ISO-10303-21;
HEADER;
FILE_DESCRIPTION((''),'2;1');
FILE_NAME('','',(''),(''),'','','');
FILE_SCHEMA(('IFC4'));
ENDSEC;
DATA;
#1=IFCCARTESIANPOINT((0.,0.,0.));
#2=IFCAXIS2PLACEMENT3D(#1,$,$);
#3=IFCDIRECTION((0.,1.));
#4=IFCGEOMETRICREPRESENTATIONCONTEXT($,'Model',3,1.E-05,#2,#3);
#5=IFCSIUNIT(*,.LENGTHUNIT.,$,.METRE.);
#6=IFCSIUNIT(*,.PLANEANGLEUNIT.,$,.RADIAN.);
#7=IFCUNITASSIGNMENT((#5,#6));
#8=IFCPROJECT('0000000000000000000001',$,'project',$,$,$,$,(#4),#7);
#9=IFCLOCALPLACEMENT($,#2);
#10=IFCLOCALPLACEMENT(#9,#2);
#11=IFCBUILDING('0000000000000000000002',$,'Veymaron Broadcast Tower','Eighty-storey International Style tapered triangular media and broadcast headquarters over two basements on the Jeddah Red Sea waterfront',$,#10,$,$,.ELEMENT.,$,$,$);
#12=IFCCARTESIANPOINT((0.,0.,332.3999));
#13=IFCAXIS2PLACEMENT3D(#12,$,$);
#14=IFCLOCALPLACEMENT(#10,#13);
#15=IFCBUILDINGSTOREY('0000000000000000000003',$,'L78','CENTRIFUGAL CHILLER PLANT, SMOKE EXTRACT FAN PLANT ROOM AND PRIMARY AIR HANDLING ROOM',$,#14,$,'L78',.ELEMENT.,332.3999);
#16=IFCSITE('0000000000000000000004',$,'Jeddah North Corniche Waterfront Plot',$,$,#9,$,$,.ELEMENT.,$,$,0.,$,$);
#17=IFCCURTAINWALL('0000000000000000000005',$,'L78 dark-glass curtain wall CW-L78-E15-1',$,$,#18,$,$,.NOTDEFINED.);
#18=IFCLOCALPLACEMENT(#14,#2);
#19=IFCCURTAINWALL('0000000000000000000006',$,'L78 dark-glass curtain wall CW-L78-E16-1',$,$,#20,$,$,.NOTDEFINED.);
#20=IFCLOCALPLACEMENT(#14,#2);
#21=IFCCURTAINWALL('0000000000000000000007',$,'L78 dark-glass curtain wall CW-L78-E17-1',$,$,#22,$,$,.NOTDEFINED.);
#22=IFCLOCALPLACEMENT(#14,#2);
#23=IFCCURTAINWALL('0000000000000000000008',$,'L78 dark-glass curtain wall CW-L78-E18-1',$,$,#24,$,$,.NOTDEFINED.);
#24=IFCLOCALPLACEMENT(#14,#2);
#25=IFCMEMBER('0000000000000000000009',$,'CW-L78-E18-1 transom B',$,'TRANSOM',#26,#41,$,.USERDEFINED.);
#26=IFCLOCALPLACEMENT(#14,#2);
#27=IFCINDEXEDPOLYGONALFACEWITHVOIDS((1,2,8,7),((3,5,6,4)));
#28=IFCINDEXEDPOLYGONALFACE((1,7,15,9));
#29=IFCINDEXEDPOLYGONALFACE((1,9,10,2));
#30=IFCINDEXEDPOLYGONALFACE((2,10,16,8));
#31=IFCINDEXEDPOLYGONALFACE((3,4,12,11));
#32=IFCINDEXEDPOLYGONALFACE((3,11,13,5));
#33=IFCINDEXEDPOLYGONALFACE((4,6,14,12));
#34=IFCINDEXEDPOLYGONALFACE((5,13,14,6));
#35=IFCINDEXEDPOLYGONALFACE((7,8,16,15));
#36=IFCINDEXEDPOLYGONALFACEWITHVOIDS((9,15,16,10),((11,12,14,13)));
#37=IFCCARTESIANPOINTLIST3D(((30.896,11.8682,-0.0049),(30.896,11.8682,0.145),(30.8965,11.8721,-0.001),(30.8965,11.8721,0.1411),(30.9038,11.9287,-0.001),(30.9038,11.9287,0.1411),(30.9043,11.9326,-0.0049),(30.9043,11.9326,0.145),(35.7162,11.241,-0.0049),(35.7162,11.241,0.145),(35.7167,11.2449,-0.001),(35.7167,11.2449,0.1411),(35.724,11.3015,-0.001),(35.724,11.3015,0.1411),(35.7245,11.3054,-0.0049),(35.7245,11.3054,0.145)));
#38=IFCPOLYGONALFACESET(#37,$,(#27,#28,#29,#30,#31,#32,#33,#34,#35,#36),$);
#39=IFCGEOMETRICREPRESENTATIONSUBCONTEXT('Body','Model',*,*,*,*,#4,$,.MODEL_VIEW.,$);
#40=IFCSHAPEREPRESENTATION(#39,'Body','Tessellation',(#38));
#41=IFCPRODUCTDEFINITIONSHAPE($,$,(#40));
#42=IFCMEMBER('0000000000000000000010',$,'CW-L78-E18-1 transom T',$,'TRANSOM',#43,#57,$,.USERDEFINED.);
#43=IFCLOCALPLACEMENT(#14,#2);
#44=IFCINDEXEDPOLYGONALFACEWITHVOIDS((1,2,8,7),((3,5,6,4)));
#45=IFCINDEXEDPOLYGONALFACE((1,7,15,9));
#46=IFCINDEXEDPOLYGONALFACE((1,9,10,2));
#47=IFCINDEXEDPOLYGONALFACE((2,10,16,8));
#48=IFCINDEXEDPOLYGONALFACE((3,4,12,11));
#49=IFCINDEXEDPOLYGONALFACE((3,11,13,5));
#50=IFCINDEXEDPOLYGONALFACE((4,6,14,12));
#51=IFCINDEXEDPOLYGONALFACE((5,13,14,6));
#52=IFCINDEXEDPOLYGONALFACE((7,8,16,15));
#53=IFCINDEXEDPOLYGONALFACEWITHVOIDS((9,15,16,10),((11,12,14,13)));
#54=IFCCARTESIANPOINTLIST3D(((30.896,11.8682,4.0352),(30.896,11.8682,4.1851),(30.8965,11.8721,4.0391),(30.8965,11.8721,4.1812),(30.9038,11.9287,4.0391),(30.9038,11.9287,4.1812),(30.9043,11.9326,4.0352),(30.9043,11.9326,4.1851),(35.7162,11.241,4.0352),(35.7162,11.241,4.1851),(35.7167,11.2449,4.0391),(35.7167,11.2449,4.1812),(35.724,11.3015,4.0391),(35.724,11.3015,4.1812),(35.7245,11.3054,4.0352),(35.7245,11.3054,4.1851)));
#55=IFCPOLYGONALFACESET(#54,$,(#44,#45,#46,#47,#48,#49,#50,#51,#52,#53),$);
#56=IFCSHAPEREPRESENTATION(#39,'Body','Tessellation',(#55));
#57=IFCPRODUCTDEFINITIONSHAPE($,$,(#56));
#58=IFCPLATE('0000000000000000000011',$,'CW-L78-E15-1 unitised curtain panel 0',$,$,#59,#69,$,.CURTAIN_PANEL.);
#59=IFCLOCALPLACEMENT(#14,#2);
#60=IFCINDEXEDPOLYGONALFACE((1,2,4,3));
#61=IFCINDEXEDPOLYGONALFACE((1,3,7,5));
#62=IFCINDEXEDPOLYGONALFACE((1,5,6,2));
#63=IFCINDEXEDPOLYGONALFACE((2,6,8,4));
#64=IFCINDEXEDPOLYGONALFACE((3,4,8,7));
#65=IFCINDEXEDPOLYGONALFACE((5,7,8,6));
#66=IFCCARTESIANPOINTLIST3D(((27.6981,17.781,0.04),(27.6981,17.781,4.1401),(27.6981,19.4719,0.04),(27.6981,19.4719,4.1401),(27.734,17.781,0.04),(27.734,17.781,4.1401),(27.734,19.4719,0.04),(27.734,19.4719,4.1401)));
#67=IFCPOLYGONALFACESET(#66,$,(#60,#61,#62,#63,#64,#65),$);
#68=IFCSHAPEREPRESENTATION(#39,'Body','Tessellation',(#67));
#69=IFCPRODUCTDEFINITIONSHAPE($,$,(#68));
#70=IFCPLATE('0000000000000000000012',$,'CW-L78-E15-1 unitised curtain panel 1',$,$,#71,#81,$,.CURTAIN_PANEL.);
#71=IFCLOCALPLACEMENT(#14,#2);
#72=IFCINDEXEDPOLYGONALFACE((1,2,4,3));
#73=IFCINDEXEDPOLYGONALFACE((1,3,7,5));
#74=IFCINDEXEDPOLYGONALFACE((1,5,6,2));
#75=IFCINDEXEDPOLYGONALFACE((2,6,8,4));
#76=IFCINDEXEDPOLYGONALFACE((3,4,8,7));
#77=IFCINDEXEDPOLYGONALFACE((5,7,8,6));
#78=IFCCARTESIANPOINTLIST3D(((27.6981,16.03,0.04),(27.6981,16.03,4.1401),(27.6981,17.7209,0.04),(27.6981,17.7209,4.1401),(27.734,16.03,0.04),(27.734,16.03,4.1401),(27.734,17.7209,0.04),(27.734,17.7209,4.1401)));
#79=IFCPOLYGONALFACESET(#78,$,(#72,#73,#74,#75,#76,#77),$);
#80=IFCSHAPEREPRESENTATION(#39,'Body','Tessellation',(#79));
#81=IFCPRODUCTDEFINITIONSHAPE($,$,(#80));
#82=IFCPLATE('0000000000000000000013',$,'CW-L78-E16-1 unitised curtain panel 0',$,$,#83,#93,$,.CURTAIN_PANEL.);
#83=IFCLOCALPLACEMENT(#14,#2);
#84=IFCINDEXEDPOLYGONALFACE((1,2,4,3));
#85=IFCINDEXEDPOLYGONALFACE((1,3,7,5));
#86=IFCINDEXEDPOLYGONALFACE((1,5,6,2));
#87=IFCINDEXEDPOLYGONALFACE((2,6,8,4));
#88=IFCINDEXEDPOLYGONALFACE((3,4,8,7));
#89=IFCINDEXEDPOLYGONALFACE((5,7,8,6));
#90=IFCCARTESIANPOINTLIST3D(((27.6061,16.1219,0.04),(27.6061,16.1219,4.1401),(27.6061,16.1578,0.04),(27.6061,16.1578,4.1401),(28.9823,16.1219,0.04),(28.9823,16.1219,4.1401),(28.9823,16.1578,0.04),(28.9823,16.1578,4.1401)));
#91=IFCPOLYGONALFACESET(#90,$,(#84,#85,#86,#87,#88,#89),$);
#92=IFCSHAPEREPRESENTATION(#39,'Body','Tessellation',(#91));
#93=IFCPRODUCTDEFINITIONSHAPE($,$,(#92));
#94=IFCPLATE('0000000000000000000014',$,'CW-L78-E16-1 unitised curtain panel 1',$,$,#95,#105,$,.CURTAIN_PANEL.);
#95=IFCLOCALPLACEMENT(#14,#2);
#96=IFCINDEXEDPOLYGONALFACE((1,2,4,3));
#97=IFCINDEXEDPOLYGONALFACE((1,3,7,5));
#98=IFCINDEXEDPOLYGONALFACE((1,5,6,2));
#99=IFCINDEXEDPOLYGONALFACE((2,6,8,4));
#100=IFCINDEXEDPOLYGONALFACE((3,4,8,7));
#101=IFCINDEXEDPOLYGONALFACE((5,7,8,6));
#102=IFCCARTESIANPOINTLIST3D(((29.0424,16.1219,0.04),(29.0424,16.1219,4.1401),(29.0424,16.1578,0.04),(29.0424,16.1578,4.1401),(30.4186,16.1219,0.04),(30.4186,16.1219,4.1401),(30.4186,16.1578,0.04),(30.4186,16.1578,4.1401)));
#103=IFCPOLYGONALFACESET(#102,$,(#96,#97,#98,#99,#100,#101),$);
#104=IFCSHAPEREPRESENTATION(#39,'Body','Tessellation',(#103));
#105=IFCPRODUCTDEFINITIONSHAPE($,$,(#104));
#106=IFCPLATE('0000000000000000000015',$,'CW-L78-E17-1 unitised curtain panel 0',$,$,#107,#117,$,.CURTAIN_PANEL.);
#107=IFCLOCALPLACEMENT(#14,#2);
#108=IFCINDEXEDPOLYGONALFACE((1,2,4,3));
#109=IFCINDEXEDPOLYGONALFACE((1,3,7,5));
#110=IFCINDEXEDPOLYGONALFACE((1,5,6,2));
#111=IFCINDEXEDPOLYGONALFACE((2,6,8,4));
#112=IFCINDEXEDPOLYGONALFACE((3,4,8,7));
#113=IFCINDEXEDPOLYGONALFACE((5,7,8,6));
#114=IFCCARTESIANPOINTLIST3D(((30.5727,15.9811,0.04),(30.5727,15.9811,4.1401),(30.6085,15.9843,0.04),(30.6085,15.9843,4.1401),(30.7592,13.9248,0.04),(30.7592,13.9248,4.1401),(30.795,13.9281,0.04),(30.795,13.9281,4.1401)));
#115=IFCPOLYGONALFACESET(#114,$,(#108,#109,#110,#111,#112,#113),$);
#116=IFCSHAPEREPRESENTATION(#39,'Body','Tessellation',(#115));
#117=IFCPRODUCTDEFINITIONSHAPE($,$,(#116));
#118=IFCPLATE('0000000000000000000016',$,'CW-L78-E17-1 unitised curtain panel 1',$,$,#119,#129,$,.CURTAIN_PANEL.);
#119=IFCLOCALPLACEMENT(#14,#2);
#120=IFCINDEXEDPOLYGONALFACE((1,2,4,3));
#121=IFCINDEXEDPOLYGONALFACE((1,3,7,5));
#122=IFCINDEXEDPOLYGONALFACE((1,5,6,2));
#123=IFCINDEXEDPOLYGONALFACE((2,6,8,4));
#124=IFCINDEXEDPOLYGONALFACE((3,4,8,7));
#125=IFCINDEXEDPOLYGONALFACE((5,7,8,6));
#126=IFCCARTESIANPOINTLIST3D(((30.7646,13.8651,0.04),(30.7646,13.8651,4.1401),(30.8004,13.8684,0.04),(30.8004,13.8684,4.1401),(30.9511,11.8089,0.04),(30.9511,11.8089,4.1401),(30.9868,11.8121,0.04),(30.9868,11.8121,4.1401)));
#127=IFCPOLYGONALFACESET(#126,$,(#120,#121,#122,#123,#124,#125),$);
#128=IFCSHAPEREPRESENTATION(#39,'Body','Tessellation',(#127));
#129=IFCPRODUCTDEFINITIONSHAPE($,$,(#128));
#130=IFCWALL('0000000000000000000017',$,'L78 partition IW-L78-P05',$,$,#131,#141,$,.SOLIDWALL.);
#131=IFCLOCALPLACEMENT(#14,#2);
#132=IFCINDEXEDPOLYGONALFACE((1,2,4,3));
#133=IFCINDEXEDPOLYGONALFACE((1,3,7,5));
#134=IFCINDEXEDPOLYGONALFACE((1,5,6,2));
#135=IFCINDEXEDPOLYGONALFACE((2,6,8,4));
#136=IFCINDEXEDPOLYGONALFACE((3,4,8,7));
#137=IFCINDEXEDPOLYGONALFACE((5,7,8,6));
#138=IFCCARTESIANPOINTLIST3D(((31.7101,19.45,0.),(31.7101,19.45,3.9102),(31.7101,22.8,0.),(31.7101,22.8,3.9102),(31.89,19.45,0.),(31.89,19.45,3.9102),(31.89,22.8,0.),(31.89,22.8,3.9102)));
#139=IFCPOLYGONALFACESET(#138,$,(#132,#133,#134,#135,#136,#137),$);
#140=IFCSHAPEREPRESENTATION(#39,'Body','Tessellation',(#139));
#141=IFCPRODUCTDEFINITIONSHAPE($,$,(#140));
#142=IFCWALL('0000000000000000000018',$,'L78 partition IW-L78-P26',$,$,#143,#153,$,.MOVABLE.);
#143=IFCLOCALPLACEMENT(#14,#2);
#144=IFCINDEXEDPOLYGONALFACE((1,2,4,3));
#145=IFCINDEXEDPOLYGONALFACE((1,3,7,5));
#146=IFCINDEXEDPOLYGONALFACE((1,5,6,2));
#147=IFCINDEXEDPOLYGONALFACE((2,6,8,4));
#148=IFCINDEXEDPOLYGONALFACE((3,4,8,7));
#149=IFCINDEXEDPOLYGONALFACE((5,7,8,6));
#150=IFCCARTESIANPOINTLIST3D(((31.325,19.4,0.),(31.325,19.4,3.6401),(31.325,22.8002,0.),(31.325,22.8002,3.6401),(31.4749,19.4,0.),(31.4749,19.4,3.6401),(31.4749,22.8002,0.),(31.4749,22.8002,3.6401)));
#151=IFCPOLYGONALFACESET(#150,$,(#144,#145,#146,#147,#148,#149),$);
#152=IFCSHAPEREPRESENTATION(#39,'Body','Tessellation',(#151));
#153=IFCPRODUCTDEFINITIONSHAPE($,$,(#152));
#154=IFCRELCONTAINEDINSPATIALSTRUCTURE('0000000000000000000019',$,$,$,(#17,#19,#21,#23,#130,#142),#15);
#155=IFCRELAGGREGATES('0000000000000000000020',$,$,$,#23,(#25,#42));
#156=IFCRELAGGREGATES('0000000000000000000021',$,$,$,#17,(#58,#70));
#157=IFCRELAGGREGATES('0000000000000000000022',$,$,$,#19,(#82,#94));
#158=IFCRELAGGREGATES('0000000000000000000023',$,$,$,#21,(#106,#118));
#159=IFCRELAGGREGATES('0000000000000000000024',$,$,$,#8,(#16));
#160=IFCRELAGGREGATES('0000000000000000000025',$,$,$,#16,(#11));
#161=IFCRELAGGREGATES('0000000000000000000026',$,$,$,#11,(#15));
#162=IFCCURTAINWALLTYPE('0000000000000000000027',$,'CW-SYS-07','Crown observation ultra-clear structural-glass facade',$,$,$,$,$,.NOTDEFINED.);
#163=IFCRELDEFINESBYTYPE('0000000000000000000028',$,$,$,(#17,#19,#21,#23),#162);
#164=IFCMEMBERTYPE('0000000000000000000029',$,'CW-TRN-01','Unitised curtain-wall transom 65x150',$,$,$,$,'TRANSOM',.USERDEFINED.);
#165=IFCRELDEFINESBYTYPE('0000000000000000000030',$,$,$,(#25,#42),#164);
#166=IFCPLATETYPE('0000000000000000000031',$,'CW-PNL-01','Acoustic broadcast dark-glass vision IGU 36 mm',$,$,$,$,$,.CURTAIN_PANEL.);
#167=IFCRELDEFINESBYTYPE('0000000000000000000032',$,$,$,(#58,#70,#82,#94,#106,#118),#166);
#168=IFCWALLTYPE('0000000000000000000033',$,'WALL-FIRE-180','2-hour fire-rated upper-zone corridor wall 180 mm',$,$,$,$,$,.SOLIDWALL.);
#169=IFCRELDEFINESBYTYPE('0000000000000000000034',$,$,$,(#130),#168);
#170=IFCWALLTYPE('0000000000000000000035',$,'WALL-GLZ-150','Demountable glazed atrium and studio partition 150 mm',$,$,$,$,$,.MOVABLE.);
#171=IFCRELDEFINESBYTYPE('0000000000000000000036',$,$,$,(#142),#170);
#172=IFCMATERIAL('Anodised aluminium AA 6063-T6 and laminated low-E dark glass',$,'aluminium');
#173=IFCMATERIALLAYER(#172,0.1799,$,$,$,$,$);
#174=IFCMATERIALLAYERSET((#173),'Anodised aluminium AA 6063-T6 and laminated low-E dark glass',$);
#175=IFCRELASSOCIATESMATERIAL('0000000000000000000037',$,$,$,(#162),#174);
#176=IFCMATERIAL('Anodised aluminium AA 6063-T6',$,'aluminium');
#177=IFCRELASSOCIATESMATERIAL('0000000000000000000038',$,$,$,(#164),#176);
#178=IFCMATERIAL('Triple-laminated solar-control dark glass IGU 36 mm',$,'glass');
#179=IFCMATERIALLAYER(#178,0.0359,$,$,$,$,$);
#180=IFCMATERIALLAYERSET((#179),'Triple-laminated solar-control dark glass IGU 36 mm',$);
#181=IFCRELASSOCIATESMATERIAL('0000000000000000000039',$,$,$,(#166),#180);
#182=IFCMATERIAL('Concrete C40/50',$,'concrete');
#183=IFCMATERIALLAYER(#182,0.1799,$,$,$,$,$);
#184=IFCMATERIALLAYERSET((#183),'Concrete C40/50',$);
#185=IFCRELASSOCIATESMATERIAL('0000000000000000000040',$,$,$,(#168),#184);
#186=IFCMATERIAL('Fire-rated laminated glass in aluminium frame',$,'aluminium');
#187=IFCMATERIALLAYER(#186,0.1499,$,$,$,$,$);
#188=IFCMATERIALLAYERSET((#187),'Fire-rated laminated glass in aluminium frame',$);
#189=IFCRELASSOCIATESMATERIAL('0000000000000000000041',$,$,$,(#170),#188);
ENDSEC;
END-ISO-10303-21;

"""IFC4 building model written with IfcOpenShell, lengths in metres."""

from ifc_helpers import new_model, si_unit, direction, frame, frame_2d, origin, origin_2d, place, context, subcontext, project, spatial, rectangle, hollow_rectangle, extrude, material, layer, layer_set, material_profile, profile_set, type_object, element, aggregate, save


model = new_model("IFC4")

# Units and contexts
model_context = context("Model", 3, precision=1e-05, world=origin(), true_north=direction((0.0, 1.0)))
body_context = subcontext(model_context, "Body", "Model", "MODEL_VIEW")
ifc_project = project(units=[si_unit("LENGTHUNIT", "METRE"), si_unit("PLANEANGLEUNIT", "RADIAN")], contexts=[model_context])

# Site, building, storey
site_placement = place(None, origin())
site = spatial("IfcSite", under=ifc_project, at=site_placement, Name="Jeddah North Corniche Waterfront Plot", CompositionType="ELEMENT", RefElevation=0.0)
building_placement = place(site_placement, origin())
building = spatial("IfcBuilding", under=site, at=building_placement, Name="Veymaron Broadcast Tower", Description="Eighty-storey International Style tapered triangular media and broadcast headquarters over two basements on the Jeddah Red Sea waterfront", CompositionType="ELEMENT")
storey_placement = place(building_placement, frame((0.0, 0.0, 332.3999)))
storey = spatial("IfcBuildingStorey", under=building, at=storey_placement, Name="L78", Description="CENTRIFUGAL CHILLER PLANT, SMOKE EXTRACT FAN PLANT ROOM AND PRIMARY AIR HANDLING ROOM", LongName="L78", CompositionType="ELEMENT", Elevation=332.3999)

# Curtain walls
ifc_material_1 = material(Name="Anodised aluminium AA 6063-T6 and laminated low-E dark glass", Category="aluminium")
ifc_layer_1 = layer(ifc_material_1, 0.1799)
ifc_layer_set_1 = layer_set([ifc_layer_1], Name="Anodised aluminium AA 6063-T6 and laminated low-E dark glass")
curtain_wall_type = type_object("IfcCurtainWallType", Name="CW-SYS-07", Description="Crown observation ultra-clear structural-glass facade", PredefinedType="NOTDEFINED", material=ifc_layer_set_1)
curtain_wall_1_placement = place(storey_placement, origin())
curtain_wall_1 = element("IfcCurtainWall", 1, at=curtain_wall_1_placement, inside=storey, type_object=curtain_wall_type, Name="L78 dark-glass curtain wall CW-L78-E15-1", PredefinedType="NOTDEFINED")
ifc_material_2 = material(Name="Anodised aluminium AA 6063-T6", Category="aluminium")
curtain_wall_2_placement = place(storey_placement, origin())
curtain_wall_2 = element("IfcCurtainWall", 2, at=curtain_wall_2_placement, inside=storey, type_object=curtain_wall_type, Name="L78 dark-glass curtain wall CW-L78-E16-1", PredefinedType="NOTDEFINED")
curtain_wall_3_placement = place(storey_placement, origin())
curtain_wall_3 = element("IfcCurtainWall", 3, at=curtain_wall_3_placement, inside=storey, type_object=curtain_wall_type, Name="L78 dark-glass curtain wall CW-L78-E17-1", PredefinedType="NOTDEFINED")

# Curtain wall
curtain_wall_4_placement = place(storey_placement, origin())
curtain_wall_4 = element("IfcCurtainWall", 4, at=curtain_wall_4_placement, inside=storey, type_object=curtain_wall_type, Name="L78 dark-glass curtain wall CW-L78-E18-1", PredefinedType="NOTDEFINED")

# Members
ifc_material_profile_1 = material_profile(ifc_material_2, hollow_rectangle(XDim=0.0649, YDim=0.1499, WallThickness=0.0039, at=origin_2d()), Name="AL150X65X4")
ifc_profile_set_1 = profile_set([ifc_material_profile_1], Name="Anodised aluminium AA 6063-T6")
member_type_1 = type_object("IfcMemberType", Name="CW-TRN-01", Description="Unitised curtain-wall transom 65x150", ElementType="TRANSOM", PredefinedType="USERDEFINED", material=ifc_profile_set_1)
member_1_placement = place(storey_placement, frame((30.9001, 11.9004, 0.0701), z_axis=(0.991641, -0.129028, 0.0), x_axis=(0.129028, 0.991641, 0.0)))
member_1 = element("IfcMember", 5, at=member_1_placement, type_object=member_type_1, Name="CW-L78-E18-1 transom B", ObjectType="TRANSOM", PredefinedType="USERDEFINED", context=body_context, shape_type="SweptSolid", body=[
    extrude(hollow_rectangle(XDim=0.0649, YDim=0.1499, WallThickness=0.0039, at=origin_2d()), origin(), (0.0, 0.0, 1.0), 4.8608),
])
member_2_placement = place(storey_placement, frame((30.9001, 11.9004, 4.1101), z_axis=(0.991641, -0.129028, 0.0), x_axis=(0.129028, 0.991641, 0.0)))
member_2 = element("IfcMember", 6, at=member_2_placement, type_object=member_type_1, Name="CW-L78-E18-1 transom T", ObjectType="TRANSOM", PredefinedType="USERDEFINED", context=body_context, shape_type="SweptSolid", body=[
    extrude(hollow_rectangle(XDim=0.0649, YDim=0.1499, WallThickness=0.0039, at=origin_2d()), origin(), (0.0, 0.0, 1.0), 4.8608),
])
aggregate(curtain_wall_4, [member_1, member_2])

# Plates
ifc_material_3 = material(Name="Triple-laminated solar-control dark glass IGU 36 mm", Category="glass")
ifc_layer_2 = layer(ifc_material_3, 0.0359)
ifc_layer_set_2 = layer_set([ifc_layer_2], Name="Triple-laminated solar-control dark glass IGU 36 mm")
plate_type = type_object("IfcPlateType", Name="CW-PNL-01", Description="Acoustic broadcast dark-glass vision IGU 36 mm", PredefinedType="CURTAIN_PANEL", material=ifc_layer_set_2)
plate_1_placement = place(storey_placement, frame((27.7161, 18.6265, 0.04), z_axis=(0.0, 0.0, 1.0), x_axis=(0.0, -1.0, 0.0)))
plate_1 = element("IfcPlate", 7, at=plate_1_placement, type_object=plate_type, Name="CW-L78-E15-1 unitised curtain panel 0", PredefinedType="CURTAIN_PANEL", context=body_context, shape_type="SweptSolid", body=[
    extrude(rectangle(XDim=1.6909, YDim=0.0359, at=origin_2d()), origin(), (0.0, 0.0, 1.0), 4.1001),
])
plate_2_placement = place(storey_placement, frame((27.7161, 16.8755, 0.04), z_axis=(0.0, 0.0, 1.0), x_axis=(0.0, -1.0, 0.0)))
plate_2 = element("IfcPlate", 8, at=plate_2_placement, type_object=plate_type, Name="CW-L78-E15-1 unitised curtain panel 1", PredefinedType="CURTAIN_PANEL", context=body_context, shape_type="SweptSolid", body=[
    extrude(rectangle(XDim=1.6909, YDim=0.0359, at=origin_2d()), origin(), (0.0, 0.0, 1.0), 4.1001),
])
aggregate(curtain_wall_1, [plate_1, plate_2])
plate_3_placement = place(storey_placement, frame((28.2942, 16.1399, 0.04), z_axis=(0.0, 0.0, 1.0), x_axis=(1.0, 0.0, 0.0)))
plate_3 = element("IfcPlate", 9, at=plate_3_placement, type_object=plate_type, Name="CW-L78-E16-1 unitised curtain panel 0", PredefinedType="CURTAIN_PANEL", context=body_context, shape_type="SweptSolid", body=[
    extrude(rectangle(XDim=1.3762, YDim=0.0359, at=origin_2d()), origin(), (0.0, 0.0, 1.0), 4.1001),
])
plate_4_placement = place(storey_placement, frame((29.7305, 16.1399, 0.04), z_axis=(0.0, 0.0, 1.0), x_axis=(1.0, 0.0, 0.0)))
plate_4 = element("IfcPlate", 10, at=plate_4_placement, type_object=plate_type, Name="CW-L78-E16-1 unitised curtain panel 1", PredefinedType="CURTAIN_PANEL", context=body_context, shape_type="SweptSolid", body=[
    extrude(rectangle(XDim=1.3762, YDim=0.0359, at=origin_2d()), origin(), (0.0, 0.0, 1.0), 4.1001),
])
aggregate(curtain_wall_2, [plate_3, plate_4])
plate_5_placement = place(storey_placement, frame((30.6838, 14.9546, 0.04), z_axis=(0.0, 0.0, 1.0), x_axis=(0.09032, -0.995913, 0.0)))
plate_5 = element("IfcPlate", 11, at=plate_5_placement, type_object=plate_type, Name="CW-L78-E17-1 unitised curtain panel 0", PredefinedType="CURTAIN_PANEL", context=body_context, shape_type="SweptSolid", body=[
    extrude(rectangle(XDim=2.0647, YDim=0.0359, at=origin_2d()), origin(), (0.0, 0.0, 1.0), 4.1001),
])
plate_6_placement = place(storey_placement, frame((30.8757, 12.8386, 0.04), z_axis=(0.0, 0.0, 1.0), x_axis=(0.09032, -0.995913, 0.0)))
plate_6 = element("IfcPlate", 12, at=plate_6_placement, type_object=plate_type, Name="CW-L78-E17-1 unitised curtain panel 1", PredefinedType="CURTAIN_PANEL", context=body_context, shape_type="SweptSolid", body=[
    extrude(rectangle(XDim=2.0647, YDim=0.0359, at=origin_2d()), origin(), (0.0, 0.0, 1.0), 4.1001),
])
aggregate(curtain_wall_3, [plate_5, plate_6])

# Shared definitions
ifc_material_4 = material(Name="Concrete C40/50", Category="concrete")
ifc_layer_3 = layer(ifc_material_4, 0.1799)
ifc_layer_set_3 = layer_set([ifc_layer_3], Name="Concrete C40/50")
wall_type_1 = type_object("IfcWallType", Name="WALL-FIRE-180", Description="2-hour fire-rated upper-zone corridor wall 180 mm", PredefinedType="SOLIDWALL", material=ifc_layer_set_3)

# Walls
wall_1_placement = place(storey_placement, frame((31.8, 19.45, 0.0), z_axis=(0.0, 0.0, 1.0), x_axis=(0.0, 1.0, 0.0)))
element("IfcWall", 13, at=wall_1_placement, inside=storey, type_object=wall_type_1, Name="L78 partition IW-L78-P05", PredefinedType="SOLIDWALL", context=body_context, shape_type="SweptSolid", body=[
    extrude(rectangle(XDim=3.3501, YDim=0.1799, at=frame_2d((1.675, 0.0))), origin(), (0.0, 0.0, 1.0), 3.9102),
])
ifc_material_5 = material(Name="Fire-rated laminated glass in aluminium frame", Category="aluminium")
ifc_layer_4 = layer(ifc_material_5, 0.1499)
ifc_layer_set_4 = layer_set([ifc_layer_4], Name="Fire-rated laminated glass in aluminium frame")
wall_type_2 = type_object("IfcWallType", Name="WALL-GLZ-150", Description="Demountable glazed atrium and studio partition 150 mm", PredefinedType="MOVABLE", material=ifc_layer_set_4)
wall_2_placement = place(storey_placement, frame((31.3999, 19.3999, 0.0), z_axis=(0.0, 0.0, 1.0), x_axis=(0.0, 1.0, 0.0)))
element("IfcWall", 14, at=wall_2_placement, inside=storey, type_object=wall_type_2, Name="L78 partition IW-L78-P26", PredefinedType="MOVABLE", context=body_context, shape_type="SweptSolid", body=[
    extrude(rectangle(XDim=3.4001, YDim=0.1499, at=frame_2d((1.7002, 0.0))), origin(), (0.0, 0.0, 1.0), 3.6401),
])

save(model, "model.ifc")
